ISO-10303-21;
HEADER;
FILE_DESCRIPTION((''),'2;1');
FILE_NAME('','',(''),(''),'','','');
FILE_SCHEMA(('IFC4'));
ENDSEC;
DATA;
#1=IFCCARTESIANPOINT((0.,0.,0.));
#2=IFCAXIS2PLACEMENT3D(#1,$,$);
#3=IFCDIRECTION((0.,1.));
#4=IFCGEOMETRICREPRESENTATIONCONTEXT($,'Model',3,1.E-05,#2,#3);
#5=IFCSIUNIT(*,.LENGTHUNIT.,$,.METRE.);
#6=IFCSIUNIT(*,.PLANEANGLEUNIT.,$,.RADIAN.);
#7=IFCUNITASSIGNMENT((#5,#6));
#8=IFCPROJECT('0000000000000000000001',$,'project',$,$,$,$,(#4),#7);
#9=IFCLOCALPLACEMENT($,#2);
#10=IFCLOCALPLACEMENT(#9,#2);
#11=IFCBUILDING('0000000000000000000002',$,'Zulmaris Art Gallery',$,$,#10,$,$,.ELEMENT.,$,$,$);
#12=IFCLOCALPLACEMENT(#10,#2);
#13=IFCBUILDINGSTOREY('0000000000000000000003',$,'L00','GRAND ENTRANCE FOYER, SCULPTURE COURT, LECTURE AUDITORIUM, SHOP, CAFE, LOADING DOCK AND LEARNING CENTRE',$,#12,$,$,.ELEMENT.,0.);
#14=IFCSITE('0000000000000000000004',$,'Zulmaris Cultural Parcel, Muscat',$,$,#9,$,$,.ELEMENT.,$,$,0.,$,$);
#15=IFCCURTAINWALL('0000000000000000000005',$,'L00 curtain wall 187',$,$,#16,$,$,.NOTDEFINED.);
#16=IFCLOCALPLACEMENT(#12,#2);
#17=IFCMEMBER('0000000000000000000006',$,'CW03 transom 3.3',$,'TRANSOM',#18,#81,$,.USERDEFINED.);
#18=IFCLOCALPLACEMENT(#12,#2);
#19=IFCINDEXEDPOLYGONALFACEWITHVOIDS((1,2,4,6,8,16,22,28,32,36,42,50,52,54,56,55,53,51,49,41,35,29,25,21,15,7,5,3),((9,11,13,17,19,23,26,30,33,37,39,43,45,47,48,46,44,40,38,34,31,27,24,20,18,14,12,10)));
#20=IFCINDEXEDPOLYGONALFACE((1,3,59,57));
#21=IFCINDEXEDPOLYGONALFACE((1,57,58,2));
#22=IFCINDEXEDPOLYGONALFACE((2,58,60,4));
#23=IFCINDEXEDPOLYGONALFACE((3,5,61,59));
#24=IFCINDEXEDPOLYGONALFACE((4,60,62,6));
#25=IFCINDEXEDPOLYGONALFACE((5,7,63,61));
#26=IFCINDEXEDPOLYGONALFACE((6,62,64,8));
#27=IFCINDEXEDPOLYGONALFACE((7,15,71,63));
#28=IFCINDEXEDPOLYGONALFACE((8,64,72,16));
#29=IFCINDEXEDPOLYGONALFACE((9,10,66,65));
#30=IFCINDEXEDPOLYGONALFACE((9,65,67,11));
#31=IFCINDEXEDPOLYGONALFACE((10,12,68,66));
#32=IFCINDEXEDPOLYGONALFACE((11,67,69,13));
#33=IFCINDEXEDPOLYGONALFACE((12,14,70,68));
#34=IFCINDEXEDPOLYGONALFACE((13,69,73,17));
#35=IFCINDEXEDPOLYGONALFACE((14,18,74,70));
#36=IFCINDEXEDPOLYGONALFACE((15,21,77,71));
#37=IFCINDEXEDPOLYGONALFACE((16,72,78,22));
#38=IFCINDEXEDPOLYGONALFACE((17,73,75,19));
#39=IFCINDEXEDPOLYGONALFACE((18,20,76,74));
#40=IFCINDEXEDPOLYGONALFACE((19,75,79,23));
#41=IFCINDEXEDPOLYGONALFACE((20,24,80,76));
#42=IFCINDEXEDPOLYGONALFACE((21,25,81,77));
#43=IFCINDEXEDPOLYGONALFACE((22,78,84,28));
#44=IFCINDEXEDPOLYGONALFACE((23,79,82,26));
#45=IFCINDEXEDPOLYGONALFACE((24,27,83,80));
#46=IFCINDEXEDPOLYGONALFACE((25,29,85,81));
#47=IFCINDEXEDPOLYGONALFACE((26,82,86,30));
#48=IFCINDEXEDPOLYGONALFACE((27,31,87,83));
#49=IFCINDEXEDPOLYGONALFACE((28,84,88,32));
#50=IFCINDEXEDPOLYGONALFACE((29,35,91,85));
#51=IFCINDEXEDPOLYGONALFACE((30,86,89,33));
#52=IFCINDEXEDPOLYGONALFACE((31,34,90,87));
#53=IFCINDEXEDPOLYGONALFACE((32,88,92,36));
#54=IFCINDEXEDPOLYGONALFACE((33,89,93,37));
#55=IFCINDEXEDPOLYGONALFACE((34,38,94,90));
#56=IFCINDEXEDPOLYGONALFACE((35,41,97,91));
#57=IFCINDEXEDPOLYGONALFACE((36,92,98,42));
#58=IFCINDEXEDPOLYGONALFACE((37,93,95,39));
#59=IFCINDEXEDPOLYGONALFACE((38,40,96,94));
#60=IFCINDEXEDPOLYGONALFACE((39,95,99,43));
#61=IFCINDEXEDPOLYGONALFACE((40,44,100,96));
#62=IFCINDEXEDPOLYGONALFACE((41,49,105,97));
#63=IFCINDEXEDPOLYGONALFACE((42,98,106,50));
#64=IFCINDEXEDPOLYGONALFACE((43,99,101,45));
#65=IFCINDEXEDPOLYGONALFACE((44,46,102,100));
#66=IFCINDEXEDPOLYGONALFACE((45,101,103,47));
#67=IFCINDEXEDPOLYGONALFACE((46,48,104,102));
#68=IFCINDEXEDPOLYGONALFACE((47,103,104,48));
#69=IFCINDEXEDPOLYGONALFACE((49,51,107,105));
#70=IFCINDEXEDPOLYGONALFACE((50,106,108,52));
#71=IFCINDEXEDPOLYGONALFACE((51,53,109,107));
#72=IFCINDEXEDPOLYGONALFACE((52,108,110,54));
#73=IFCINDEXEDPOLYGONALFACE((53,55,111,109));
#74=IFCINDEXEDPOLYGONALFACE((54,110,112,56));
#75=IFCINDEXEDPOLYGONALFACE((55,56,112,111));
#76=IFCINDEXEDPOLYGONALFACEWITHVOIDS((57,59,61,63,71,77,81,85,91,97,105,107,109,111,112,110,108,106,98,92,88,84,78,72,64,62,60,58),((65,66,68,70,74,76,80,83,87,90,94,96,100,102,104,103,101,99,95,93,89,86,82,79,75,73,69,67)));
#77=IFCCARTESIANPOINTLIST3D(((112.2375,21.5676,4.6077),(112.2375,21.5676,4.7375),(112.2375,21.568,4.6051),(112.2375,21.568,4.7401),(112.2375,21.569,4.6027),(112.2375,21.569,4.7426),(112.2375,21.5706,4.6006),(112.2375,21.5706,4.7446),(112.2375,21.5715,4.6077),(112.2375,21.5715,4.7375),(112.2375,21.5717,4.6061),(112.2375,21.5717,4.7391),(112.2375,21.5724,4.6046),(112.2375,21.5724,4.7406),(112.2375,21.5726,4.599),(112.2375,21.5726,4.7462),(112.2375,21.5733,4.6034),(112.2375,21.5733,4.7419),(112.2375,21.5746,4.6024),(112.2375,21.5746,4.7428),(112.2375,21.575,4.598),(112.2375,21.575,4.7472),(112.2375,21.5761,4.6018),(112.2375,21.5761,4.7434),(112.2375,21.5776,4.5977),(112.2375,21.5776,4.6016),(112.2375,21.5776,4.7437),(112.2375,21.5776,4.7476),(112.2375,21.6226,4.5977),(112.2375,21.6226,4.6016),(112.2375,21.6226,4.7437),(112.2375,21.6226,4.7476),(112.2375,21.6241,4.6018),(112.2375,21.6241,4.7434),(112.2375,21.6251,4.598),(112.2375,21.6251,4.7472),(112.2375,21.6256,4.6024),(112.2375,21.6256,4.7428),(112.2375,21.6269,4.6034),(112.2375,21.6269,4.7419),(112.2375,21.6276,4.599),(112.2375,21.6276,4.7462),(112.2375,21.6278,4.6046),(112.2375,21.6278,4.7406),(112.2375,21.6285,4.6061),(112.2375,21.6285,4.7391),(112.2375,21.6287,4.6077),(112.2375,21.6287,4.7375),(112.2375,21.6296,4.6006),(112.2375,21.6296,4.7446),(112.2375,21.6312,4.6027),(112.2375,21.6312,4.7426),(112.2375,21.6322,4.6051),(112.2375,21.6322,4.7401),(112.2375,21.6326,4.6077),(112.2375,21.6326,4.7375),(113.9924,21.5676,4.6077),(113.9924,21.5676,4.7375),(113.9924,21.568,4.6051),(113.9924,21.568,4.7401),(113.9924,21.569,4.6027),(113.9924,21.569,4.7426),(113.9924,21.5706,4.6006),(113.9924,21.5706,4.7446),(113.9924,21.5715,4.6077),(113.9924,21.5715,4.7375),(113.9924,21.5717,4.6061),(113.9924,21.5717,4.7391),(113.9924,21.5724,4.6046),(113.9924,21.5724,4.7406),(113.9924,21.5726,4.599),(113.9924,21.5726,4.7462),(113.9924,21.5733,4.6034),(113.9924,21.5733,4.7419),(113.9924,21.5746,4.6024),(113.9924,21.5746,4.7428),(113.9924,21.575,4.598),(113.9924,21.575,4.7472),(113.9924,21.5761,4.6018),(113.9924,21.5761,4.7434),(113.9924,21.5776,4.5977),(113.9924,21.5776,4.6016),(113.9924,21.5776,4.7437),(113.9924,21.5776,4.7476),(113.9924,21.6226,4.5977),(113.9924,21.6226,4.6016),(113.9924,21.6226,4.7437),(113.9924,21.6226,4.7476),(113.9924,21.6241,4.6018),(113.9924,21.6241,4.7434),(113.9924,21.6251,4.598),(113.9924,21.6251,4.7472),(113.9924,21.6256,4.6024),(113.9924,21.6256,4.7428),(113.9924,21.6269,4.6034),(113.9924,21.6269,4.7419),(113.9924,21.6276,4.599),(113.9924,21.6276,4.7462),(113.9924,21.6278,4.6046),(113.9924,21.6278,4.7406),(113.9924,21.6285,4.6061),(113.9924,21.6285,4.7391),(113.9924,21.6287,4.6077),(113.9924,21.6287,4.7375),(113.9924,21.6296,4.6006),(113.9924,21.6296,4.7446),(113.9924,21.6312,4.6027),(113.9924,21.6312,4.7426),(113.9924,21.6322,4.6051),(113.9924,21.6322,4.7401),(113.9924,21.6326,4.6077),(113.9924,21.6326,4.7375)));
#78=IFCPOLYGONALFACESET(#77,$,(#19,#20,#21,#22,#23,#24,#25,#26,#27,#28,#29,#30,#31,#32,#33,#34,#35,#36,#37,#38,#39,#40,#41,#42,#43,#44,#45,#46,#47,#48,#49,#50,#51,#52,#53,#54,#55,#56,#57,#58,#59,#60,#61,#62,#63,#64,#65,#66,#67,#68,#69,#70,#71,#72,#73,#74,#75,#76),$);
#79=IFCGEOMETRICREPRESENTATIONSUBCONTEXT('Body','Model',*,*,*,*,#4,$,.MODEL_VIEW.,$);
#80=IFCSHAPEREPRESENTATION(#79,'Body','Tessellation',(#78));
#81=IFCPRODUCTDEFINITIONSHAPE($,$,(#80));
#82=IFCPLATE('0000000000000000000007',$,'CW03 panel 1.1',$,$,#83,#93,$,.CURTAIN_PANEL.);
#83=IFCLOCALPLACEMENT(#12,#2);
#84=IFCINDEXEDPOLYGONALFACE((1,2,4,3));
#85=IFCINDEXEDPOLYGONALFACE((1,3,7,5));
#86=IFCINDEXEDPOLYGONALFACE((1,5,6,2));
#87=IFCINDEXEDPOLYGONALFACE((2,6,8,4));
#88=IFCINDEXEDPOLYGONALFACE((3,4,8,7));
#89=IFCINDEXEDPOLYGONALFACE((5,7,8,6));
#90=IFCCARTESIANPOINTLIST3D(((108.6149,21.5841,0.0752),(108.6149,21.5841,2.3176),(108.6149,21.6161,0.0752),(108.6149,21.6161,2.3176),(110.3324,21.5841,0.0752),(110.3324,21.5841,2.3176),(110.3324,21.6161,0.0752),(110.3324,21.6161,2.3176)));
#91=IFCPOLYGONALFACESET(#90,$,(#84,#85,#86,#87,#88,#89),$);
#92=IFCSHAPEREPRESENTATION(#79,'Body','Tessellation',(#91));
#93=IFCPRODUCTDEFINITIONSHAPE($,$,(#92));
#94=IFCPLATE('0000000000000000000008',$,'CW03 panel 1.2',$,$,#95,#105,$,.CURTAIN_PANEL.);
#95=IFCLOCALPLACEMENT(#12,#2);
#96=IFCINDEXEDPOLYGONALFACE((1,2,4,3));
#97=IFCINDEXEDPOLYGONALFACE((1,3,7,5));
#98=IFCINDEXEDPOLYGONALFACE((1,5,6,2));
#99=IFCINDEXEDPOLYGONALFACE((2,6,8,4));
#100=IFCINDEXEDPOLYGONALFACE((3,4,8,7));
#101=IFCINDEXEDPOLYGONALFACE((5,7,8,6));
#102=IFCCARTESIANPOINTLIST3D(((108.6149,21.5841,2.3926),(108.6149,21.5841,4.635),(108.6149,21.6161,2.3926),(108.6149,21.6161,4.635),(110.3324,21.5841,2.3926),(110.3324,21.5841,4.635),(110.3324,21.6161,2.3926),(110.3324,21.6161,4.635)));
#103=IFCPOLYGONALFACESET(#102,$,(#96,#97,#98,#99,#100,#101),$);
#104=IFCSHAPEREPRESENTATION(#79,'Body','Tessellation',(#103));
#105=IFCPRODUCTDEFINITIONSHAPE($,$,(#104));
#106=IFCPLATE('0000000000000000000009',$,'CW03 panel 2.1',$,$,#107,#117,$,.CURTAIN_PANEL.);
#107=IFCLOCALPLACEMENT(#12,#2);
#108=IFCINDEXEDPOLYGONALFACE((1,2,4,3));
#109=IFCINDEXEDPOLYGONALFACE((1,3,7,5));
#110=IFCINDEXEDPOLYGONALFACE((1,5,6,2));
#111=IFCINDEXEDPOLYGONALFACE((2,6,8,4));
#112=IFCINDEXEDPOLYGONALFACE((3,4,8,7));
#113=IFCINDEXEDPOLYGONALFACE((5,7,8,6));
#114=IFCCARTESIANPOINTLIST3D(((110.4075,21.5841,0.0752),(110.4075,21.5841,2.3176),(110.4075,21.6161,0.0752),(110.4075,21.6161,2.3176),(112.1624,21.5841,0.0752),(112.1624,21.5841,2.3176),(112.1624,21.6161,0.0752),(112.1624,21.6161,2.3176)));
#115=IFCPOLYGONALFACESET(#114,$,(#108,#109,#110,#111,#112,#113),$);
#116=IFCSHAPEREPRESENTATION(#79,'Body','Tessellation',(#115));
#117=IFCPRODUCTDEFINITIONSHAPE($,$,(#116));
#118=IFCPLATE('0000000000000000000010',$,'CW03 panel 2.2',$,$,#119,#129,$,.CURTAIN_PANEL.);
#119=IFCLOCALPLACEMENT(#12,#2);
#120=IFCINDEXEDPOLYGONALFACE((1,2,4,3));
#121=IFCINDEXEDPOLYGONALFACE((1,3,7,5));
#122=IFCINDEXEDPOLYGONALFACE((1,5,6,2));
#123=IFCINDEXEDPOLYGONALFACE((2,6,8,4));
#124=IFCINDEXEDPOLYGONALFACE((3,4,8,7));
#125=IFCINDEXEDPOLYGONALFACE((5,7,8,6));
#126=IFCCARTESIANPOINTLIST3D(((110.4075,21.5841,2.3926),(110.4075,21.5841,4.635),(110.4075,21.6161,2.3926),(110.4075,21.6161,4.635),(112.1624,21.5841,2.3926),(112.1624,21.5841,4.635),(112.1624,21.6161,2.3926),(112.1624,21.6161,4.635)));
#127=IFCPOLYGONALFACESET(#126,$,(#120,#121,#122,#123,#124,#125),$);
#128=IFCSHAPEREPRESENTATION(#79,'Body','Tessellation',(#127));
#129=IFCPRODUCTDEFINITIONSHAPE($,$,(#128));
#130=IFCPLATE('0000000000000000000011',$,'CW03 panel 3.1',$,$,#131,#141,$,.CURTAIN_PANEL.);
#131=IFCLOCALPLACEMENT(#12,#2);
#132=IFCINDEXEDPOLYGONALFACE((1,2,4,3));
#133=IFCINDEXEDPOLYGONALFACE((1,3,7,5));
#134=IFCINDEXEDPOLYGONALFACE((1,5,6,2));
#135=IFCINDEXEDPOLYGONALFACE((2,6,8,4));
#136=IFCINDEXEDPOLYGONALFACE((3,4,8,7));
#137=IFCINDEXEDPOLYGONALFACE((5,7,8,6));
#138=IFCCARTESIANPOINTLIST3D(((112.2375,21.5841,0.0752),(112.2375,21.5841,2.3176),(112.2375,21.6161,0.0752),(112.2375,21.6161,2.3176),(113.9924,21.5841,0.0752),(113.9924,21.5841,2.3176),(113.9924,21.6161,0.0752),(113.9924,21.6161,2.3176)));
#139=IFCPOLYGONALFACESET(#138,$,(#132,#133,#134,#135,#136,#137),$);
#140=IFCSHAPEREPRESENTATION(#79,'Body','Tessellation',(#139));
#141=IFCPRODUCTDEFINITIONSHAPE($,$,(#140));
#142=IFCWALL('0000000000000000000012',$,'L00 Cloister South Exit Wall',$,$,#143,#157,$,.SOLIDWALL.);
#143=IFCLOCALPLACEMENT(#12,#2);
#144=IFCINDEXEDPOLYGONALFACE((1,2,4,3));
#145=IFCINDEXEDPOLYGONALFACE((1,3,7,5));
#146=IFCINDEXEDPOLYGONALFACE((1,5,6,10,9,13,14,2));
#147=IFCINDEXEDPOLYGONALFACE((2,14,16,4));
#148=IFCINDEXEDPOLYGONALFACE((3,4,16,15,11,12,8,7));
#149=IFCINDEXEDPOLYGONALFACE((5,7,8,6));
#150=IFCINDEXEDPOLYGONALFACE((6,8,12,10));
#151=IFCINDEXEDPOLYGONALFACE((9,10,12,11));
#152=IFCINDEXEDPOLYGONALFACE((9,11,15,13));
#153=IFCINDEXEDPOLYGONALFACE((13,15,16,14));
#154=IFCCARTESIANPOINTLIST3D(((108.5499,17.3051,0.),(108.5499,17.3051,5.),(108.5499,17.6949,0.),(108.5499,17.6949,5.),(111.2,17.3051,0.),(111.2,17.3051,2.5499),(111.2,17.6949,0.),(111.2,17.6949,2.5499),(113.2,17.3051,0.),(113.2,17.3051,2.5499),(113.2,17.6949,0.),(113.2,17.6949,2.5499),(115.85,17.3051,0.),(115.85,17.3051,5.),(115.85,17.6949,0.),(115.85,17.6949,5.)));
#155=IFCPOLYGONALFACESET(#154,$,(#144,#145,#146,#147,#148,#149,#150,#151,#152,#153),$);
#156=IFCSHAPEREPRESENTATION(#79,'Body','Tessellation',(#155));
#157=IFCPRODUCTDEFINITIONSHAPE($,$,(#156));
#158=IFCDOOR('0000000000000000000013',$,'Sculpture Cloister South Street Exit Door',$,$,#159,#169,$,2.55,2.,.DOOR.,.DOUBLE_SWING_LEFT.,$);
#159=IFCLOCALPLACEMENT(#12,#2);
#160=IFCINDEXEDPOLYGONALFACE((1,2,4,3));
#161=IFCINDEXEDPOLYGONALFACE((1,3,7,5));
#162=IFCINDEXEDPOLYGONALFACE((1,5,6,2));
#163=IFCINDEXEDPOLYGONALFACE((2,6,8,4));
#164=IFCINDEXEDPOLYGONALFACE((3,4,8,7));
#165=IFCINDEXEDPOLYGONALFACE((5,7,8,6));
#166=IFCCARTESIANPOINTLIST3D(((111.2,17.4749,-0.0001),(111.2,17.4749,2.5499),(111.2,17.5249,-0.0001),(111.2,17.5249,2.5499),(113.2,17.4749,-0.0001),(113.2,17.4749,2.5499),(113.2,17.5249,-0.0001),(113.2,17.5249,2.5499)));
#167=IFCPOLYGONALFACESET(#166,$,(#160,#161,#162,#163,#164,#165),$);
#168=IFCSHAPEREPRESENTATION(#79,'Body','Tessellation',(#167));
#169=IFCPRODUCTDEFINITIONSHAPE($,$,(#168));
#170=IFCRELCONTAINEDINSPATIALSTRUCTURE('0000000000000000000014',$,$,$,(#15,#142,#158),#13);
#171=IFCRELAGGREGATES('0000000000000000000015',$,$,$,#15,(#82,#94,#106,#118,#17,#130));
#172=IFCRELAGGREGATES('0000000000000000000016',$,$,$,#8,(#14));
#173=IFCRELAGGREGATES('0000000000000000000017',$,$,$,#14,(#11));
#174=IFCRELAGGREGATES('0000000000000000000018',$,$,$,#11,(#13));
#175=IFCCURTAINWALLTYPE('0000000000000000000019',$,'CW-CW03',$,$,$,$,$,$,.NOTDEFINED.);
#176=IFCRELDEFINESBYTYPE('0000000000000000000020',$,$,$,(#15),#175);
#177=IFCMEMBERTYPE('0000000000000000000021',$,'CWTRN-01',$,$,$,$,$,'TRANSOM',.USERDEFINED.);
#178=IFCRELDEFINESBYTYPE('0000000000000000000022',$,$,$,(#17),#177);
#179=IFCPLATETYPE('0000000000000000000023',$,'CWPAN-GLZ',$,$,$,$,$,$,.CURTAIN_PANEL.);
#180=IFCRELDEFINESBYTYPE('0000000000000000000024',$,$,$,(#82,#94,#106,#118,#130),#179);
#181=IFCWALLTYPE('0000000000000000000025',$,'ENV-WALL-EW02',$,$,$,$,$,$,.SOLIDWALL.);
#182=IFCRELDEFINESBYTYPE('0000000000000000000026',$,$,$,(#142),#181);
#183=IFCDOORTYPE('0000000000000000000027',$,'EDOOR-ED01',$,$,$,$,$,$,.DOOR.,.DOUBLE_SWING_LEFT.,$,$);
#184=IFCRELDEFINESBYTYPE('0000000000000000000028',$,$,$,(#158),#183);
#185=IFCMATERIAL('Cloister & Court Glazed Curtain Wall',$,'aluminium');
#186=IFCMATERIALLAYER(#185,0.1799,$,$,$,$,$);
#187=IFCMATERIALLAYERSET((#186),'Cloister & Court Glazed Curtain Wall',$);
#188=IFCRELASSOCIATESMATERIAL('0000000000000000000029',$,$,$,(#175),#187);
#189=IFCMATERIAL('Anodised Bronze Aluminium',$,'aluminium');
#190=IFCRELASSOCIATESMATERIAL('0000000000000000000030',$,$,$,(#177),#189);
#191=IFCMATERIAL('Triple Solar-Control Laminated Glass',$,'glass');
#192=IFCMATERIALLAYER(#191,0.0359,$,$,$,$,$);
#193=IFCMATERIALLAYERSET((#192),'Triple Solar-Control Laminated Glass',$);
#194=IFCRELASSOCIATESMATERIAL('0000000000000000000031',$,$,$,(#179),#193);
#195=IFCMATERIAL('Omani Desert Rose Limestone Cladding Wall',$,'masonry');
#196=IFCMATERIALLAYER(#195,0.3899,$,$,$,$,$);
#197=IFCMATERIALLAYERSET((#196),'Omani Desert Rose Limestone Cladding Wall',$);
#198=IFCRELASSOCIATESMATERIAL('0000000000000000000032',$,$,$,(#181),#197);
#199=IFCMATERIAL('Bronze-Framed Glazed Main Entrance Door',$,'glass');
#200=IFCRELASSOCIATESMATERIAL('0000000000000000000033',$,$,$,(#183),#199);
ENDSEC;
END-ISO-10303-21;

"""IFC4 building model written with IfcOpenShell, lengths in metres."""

from ifc_helpers import new_model, si_unit, direction, frame, frame_2d, origin, origin_2d, place, context, subcontext, project, spatial, rectangle, hollow_rectangle, extrude, material, layer, layer_set, material_profile, profile_set, type_object, element, fill, aggregate, save


model = new_model("IFC4")

# Units and contexts
model_context = context("Model", 3, precision=1e-05, world=origin(), true_north=direction((0.0, 1.0)))
body_context = subcontext(model_context, "Body", "Model", "MODEL_VIEW")
ifc_project = project(units=[si_unit("LENGTHUNIT", "METRE"), si_unit("PLANEANGLEUNIT", "RADIAN")], contexts=[model_context])

# Site, building, storey
site_placement = place(None, origin())
site = spatial("IfcSite", under=ifc_project, at=site_placement, Name="Zulmaris Cultural Parcel, Muscat", CompositionType="ELEMENT", RefElevation=0.0)
building_placement = place(site_placement, origin())
building = spatial("IfcBuilding", under=site, at=building_placement, Name="Zulmaris Art Gallery", CompositionType="ELEMENT")
storey_placement = place(building_placement, origin())
storey = spatial("IfcBuildingStorey", under=building, at=storey_placement, Name="L00", Description="GRAND ENTRANCE FOYER, SCULPTURE COURT, LECTURE AUDITORIUM, SHOP, CAFE, LOADING DOCK AND LEARNING CENTRE", CompositionType="ELEMENT", Elevation=0.0)

# Shared definitions
ifc_material_1 = material(Name="Cloister & Court Glazed Curtain Wall", Category="aluminium")
ifc_layer_1 = layer(ifc_material_1, 0.1799)
ifc_layer_set_1 = layer_set([ifc_layer_1], Name="Cloister & Court Glazed Curtain Wall")
curtain_wall_type = type_object("IfcCurtainWallType", Name="CW-CW03", PredefinedType="NOTDEFINED", material=ifc_layer_set_1)
ifc_material_2 = material(Name="Anodised Bronze Aluminium", Category="aluminium")

# Curtain wall
curtain_wall_1_placement = place(storey_placement, origin())
curtain_wall_1 = element("IfcCurtainWall", 1, at=curtain_wall_1_placement, inside=storey, type_object=curtain_wall_type, Name="L00 curtain wall 187", PredefinedType="NOTDEFINED")

# Member
ifc_material_profile_1 = material_profile(ifc_material_2, hollow_rectangle(XDim=0.0649, YDim=0.1499, WallThickness=0.0039, InnerFilletRadius=0.0061, OuterFilletRadius=0.01, at=origin_2d()), Name="ALU 65x150x4")
ifc_profile_set_1 = profile_set([ifc_material_profile_1], Name="Anodised Bronze Aluminium")
member_type_1 = type_object("IfcMemberType", Name="CWTRN-01", ElementType="TRANSOM", PredefinedType="USERDEFINED", material=ifc_profile_set_1)
member_1_placement = place(storey_placement, frame((112.2375, 21.6001, 4.6726), z_axis=(1.0, 0.0, 0.0), x_axis=(0.0, 1.0, 0.0)))
member_1 = element("IfcMember", 2, at=member_1_placement, type_object=member_type_1, Name="CW03 transom 3.3", ObjectType="TRANSOM", PredefinedType="USERDEFINED", context=body_context, shape_type="SweptSolid", body=[
    extrude(hollow_rectangle(XDim=0.0649, YDim=0.1499, WallThickness=0.0039, InnerFilletRadius=0.0061, OuterFilletRadius=0.01, at=origin_2d()), origin(), (0.0, 0.0, 1.0), 1.7549),
])

# Plates
ifc_material_3 = material(Name="Triple Solar-Control Laminated Glass", Category="glass")
ifc_layer_2 = layer(ifc_material_3, 0.0359)
ifc_layer_set_2 = layer_set([ifc_layer_2], Name="Triple Solar-Control Laminated Glass")
plate_type = type_object("IfcPlateType", Name="CWPAN-GLZ", PredefinedType="CURTAIN_PANEL", material=ifc_layer_set_2)
plate_1_placement = place(storey_placement, frame((109.4736, 21.6001, 0.0752), z_axis=(0.0, 0.0, 1.0), x_axis=(1.0, 0.0, 0.0)))
plate_1 = element("IfcPlate", 3, at=plate_1_placement, type_object=plate_type, Name="CW03 panel 1.1", PredefinedType="CURTAIN_PANEL", context=body_context, shape_type="SweptSolid", body=[
    extrude(rectangle(XDim=1.7175, YDim=0.032, at=origin_2d()), origin(), (0.0, 0.0, 1.0), 2.2424),
])
plate_2_placement = place(storey_placement, frame((109.4736, 21.6001, 2.3926), z_axis=(0.0, 0.0, 1.0), x_axis=(1.0, 0.0, 0.0)))
plate_2 = element("IfcPlate", 4, at=plate_2_placement, type_object=plate_type, Name="CW03 panel 1.2", PredefinedType="CURTAIN_PANEL", context=body_context, shape_type="SweptSolid", body=[
    extrude(rectangle(XDim=1.7175, YDim=0.032, at=origin_2d()), origin(), (0.0, 0.0, 1.0), 2.2424),
])
plate_3_placement = place(storey_placement, frame((111.2849, 21.6001, 0.0752), z_axis=(0.0, 0.0, 1.0), x_axis=(1.0, 0.0, 0.0)))
plate_3 = element("IfcPlate", 5, at=plate_3_placement, type_object=plate_type, Name="CW03 panel 2.1", PredefinedType="CURTAIN_PANEL", context=body_context, shape_type="SweptSolid", body=[
    extrude(rectangle(XDim=1.7549, YDim=0.032, at=origin_2d()), origin(), (0.0, 0.0, 1.0), 2.2424),
])
plate_4_placement = place(storey_placement, frame((111.2849, 21.6001, 2.3926), z_axis=(0.0, 0.0, 1.0), x_axis=(1.0, 0.0, 0.0)))
plate_4 = element("IfcPlate", 6, at=plate_4_placement, type_object=plate_type, Name="CW03 panel 2.2", PredefinedType="CURTAIN_PANEL", context=body_context, shape_type="SweptSolid", body=[
    extrude(rectangle(XDim=1.7549, YDim=0.032, at=origin_2d()), origin(), (0.0, 0.0, 1.0), 2.2424),
])
plate_5_placement = place(storey_placement, frame((113.115, 21.6001, 0.0752), z_axis=(0.0, 0.0, 1.0), x_axis=(1.0, 0.0, 0.0)))
plate_5 = element("IfcPlate", 7, at=plate_5_placement, type_object=plate_type, Name="CW03 panel 3.1", PredefinedType="CURTAIN_PANEL", context=body_context, shape_type="SweptSolid", body=[
    extrude(rectangle(XDim=1.7549, YDim=0.032, at=origin_2d()), origin(), (0.0, 0.0, 1.0), 2.2424),
])
aggregate(curtain_wall_1, [plate_1, plate_2, plate_3, plate_4, member_1, plate_5])

# Wall, opening, door
ifc_material_4 = material(Name="Omani Desert Rose Limestone Cladding Wall", Category="masonry")
ifc_layer_3 = layer(ifc_material_4, 0.3899)
ifc_layer_set_3 = layer_set([ifc_layer_3], Name="Omani Desert Rose Limestone Cladding Wall")
wall_type_1 = type_object("IfcWallType", Name="ENV-WALL-EW02", PredefinedType="SOLIDWALL", material=ifc_layer_set_3)
wall_1_placement = place(storey_placement, frame((108.55, 17.5, 0.0), z_axis=(0.0, 0.0, 1.0), x_axis=(1.0, 0.0, 0.0)))
wall_1 = element("IfcWall", 8, at=wall_1_placement, inside=storey, type_object=wall_type_1, Name="L00 Cloister South Exit Wall", PredefinedType="SOLIDWALL", context=body_context, shape_type="SweptSolid", body=[
    extrude(rectangle(XDim=7.3, YDim=0.3899, at=frame_2d((3.6499, 0.0))), origin(), (0.0, 0.0, 1.0), 5.0),
])
opening_1_placement = place(wall_1_placement, frame((2.6499, 0.0, 0.0)))
opening_1 = element("IfcOpeningElement", 9, at=opening_1_placement, cuts=wall_1, PredefinedType="OPENING", context=body_context, shape_type="SweptSolid", body=[
    extrude(rectangle(XDim=2.0, YDim=2.55, at=frame_2d((1.0, 1.2749))), frame((0.0, 0.2048, 0.0), z_axis=(0.0, -1.0, 0.0), x_axis=(1.0, 0.0, 0.0)), (0.0, 0.0, 1.0), 0.4099),
])
ifc_material_5 = material(Name="Bronze-Framed Glazed Main Entrance Door", Category="glass")
door_type = type_object("IfcDoorType", Name="EDOOR-ED01", OperationType="DOUBLE_SWING_LEFT", PredefinedType="DOOR", material=ifc_material_5)
door_placement = place(opening_1_placement, origin())
door = element("IfcDoor", 10, at=door_placement, inside=storey, type_object=door_type, Name="Sculpture Cloister South Street Exit Door", OperationType="DOUBLE_SWING_LEFT", OverallHeight=2.55, OverallWidth=2.0, PredefinedType="DOOR", context=body_context, shape_type="SweptSolid", body=[
    extrude(rectangle(XDim=2.0, YDim=2.55, at=frame_2d((1.0, 1.2749))), frame((0.0, 0.0249, 0.0), z_axis=(0.0, -1.0, 0.0), x_axis=(1.0, 0.0, 0.0)), (0.0, 0.0, 1.0), 0.05),
])
fill(opening_1, door)

save(model, "model.ifc")
